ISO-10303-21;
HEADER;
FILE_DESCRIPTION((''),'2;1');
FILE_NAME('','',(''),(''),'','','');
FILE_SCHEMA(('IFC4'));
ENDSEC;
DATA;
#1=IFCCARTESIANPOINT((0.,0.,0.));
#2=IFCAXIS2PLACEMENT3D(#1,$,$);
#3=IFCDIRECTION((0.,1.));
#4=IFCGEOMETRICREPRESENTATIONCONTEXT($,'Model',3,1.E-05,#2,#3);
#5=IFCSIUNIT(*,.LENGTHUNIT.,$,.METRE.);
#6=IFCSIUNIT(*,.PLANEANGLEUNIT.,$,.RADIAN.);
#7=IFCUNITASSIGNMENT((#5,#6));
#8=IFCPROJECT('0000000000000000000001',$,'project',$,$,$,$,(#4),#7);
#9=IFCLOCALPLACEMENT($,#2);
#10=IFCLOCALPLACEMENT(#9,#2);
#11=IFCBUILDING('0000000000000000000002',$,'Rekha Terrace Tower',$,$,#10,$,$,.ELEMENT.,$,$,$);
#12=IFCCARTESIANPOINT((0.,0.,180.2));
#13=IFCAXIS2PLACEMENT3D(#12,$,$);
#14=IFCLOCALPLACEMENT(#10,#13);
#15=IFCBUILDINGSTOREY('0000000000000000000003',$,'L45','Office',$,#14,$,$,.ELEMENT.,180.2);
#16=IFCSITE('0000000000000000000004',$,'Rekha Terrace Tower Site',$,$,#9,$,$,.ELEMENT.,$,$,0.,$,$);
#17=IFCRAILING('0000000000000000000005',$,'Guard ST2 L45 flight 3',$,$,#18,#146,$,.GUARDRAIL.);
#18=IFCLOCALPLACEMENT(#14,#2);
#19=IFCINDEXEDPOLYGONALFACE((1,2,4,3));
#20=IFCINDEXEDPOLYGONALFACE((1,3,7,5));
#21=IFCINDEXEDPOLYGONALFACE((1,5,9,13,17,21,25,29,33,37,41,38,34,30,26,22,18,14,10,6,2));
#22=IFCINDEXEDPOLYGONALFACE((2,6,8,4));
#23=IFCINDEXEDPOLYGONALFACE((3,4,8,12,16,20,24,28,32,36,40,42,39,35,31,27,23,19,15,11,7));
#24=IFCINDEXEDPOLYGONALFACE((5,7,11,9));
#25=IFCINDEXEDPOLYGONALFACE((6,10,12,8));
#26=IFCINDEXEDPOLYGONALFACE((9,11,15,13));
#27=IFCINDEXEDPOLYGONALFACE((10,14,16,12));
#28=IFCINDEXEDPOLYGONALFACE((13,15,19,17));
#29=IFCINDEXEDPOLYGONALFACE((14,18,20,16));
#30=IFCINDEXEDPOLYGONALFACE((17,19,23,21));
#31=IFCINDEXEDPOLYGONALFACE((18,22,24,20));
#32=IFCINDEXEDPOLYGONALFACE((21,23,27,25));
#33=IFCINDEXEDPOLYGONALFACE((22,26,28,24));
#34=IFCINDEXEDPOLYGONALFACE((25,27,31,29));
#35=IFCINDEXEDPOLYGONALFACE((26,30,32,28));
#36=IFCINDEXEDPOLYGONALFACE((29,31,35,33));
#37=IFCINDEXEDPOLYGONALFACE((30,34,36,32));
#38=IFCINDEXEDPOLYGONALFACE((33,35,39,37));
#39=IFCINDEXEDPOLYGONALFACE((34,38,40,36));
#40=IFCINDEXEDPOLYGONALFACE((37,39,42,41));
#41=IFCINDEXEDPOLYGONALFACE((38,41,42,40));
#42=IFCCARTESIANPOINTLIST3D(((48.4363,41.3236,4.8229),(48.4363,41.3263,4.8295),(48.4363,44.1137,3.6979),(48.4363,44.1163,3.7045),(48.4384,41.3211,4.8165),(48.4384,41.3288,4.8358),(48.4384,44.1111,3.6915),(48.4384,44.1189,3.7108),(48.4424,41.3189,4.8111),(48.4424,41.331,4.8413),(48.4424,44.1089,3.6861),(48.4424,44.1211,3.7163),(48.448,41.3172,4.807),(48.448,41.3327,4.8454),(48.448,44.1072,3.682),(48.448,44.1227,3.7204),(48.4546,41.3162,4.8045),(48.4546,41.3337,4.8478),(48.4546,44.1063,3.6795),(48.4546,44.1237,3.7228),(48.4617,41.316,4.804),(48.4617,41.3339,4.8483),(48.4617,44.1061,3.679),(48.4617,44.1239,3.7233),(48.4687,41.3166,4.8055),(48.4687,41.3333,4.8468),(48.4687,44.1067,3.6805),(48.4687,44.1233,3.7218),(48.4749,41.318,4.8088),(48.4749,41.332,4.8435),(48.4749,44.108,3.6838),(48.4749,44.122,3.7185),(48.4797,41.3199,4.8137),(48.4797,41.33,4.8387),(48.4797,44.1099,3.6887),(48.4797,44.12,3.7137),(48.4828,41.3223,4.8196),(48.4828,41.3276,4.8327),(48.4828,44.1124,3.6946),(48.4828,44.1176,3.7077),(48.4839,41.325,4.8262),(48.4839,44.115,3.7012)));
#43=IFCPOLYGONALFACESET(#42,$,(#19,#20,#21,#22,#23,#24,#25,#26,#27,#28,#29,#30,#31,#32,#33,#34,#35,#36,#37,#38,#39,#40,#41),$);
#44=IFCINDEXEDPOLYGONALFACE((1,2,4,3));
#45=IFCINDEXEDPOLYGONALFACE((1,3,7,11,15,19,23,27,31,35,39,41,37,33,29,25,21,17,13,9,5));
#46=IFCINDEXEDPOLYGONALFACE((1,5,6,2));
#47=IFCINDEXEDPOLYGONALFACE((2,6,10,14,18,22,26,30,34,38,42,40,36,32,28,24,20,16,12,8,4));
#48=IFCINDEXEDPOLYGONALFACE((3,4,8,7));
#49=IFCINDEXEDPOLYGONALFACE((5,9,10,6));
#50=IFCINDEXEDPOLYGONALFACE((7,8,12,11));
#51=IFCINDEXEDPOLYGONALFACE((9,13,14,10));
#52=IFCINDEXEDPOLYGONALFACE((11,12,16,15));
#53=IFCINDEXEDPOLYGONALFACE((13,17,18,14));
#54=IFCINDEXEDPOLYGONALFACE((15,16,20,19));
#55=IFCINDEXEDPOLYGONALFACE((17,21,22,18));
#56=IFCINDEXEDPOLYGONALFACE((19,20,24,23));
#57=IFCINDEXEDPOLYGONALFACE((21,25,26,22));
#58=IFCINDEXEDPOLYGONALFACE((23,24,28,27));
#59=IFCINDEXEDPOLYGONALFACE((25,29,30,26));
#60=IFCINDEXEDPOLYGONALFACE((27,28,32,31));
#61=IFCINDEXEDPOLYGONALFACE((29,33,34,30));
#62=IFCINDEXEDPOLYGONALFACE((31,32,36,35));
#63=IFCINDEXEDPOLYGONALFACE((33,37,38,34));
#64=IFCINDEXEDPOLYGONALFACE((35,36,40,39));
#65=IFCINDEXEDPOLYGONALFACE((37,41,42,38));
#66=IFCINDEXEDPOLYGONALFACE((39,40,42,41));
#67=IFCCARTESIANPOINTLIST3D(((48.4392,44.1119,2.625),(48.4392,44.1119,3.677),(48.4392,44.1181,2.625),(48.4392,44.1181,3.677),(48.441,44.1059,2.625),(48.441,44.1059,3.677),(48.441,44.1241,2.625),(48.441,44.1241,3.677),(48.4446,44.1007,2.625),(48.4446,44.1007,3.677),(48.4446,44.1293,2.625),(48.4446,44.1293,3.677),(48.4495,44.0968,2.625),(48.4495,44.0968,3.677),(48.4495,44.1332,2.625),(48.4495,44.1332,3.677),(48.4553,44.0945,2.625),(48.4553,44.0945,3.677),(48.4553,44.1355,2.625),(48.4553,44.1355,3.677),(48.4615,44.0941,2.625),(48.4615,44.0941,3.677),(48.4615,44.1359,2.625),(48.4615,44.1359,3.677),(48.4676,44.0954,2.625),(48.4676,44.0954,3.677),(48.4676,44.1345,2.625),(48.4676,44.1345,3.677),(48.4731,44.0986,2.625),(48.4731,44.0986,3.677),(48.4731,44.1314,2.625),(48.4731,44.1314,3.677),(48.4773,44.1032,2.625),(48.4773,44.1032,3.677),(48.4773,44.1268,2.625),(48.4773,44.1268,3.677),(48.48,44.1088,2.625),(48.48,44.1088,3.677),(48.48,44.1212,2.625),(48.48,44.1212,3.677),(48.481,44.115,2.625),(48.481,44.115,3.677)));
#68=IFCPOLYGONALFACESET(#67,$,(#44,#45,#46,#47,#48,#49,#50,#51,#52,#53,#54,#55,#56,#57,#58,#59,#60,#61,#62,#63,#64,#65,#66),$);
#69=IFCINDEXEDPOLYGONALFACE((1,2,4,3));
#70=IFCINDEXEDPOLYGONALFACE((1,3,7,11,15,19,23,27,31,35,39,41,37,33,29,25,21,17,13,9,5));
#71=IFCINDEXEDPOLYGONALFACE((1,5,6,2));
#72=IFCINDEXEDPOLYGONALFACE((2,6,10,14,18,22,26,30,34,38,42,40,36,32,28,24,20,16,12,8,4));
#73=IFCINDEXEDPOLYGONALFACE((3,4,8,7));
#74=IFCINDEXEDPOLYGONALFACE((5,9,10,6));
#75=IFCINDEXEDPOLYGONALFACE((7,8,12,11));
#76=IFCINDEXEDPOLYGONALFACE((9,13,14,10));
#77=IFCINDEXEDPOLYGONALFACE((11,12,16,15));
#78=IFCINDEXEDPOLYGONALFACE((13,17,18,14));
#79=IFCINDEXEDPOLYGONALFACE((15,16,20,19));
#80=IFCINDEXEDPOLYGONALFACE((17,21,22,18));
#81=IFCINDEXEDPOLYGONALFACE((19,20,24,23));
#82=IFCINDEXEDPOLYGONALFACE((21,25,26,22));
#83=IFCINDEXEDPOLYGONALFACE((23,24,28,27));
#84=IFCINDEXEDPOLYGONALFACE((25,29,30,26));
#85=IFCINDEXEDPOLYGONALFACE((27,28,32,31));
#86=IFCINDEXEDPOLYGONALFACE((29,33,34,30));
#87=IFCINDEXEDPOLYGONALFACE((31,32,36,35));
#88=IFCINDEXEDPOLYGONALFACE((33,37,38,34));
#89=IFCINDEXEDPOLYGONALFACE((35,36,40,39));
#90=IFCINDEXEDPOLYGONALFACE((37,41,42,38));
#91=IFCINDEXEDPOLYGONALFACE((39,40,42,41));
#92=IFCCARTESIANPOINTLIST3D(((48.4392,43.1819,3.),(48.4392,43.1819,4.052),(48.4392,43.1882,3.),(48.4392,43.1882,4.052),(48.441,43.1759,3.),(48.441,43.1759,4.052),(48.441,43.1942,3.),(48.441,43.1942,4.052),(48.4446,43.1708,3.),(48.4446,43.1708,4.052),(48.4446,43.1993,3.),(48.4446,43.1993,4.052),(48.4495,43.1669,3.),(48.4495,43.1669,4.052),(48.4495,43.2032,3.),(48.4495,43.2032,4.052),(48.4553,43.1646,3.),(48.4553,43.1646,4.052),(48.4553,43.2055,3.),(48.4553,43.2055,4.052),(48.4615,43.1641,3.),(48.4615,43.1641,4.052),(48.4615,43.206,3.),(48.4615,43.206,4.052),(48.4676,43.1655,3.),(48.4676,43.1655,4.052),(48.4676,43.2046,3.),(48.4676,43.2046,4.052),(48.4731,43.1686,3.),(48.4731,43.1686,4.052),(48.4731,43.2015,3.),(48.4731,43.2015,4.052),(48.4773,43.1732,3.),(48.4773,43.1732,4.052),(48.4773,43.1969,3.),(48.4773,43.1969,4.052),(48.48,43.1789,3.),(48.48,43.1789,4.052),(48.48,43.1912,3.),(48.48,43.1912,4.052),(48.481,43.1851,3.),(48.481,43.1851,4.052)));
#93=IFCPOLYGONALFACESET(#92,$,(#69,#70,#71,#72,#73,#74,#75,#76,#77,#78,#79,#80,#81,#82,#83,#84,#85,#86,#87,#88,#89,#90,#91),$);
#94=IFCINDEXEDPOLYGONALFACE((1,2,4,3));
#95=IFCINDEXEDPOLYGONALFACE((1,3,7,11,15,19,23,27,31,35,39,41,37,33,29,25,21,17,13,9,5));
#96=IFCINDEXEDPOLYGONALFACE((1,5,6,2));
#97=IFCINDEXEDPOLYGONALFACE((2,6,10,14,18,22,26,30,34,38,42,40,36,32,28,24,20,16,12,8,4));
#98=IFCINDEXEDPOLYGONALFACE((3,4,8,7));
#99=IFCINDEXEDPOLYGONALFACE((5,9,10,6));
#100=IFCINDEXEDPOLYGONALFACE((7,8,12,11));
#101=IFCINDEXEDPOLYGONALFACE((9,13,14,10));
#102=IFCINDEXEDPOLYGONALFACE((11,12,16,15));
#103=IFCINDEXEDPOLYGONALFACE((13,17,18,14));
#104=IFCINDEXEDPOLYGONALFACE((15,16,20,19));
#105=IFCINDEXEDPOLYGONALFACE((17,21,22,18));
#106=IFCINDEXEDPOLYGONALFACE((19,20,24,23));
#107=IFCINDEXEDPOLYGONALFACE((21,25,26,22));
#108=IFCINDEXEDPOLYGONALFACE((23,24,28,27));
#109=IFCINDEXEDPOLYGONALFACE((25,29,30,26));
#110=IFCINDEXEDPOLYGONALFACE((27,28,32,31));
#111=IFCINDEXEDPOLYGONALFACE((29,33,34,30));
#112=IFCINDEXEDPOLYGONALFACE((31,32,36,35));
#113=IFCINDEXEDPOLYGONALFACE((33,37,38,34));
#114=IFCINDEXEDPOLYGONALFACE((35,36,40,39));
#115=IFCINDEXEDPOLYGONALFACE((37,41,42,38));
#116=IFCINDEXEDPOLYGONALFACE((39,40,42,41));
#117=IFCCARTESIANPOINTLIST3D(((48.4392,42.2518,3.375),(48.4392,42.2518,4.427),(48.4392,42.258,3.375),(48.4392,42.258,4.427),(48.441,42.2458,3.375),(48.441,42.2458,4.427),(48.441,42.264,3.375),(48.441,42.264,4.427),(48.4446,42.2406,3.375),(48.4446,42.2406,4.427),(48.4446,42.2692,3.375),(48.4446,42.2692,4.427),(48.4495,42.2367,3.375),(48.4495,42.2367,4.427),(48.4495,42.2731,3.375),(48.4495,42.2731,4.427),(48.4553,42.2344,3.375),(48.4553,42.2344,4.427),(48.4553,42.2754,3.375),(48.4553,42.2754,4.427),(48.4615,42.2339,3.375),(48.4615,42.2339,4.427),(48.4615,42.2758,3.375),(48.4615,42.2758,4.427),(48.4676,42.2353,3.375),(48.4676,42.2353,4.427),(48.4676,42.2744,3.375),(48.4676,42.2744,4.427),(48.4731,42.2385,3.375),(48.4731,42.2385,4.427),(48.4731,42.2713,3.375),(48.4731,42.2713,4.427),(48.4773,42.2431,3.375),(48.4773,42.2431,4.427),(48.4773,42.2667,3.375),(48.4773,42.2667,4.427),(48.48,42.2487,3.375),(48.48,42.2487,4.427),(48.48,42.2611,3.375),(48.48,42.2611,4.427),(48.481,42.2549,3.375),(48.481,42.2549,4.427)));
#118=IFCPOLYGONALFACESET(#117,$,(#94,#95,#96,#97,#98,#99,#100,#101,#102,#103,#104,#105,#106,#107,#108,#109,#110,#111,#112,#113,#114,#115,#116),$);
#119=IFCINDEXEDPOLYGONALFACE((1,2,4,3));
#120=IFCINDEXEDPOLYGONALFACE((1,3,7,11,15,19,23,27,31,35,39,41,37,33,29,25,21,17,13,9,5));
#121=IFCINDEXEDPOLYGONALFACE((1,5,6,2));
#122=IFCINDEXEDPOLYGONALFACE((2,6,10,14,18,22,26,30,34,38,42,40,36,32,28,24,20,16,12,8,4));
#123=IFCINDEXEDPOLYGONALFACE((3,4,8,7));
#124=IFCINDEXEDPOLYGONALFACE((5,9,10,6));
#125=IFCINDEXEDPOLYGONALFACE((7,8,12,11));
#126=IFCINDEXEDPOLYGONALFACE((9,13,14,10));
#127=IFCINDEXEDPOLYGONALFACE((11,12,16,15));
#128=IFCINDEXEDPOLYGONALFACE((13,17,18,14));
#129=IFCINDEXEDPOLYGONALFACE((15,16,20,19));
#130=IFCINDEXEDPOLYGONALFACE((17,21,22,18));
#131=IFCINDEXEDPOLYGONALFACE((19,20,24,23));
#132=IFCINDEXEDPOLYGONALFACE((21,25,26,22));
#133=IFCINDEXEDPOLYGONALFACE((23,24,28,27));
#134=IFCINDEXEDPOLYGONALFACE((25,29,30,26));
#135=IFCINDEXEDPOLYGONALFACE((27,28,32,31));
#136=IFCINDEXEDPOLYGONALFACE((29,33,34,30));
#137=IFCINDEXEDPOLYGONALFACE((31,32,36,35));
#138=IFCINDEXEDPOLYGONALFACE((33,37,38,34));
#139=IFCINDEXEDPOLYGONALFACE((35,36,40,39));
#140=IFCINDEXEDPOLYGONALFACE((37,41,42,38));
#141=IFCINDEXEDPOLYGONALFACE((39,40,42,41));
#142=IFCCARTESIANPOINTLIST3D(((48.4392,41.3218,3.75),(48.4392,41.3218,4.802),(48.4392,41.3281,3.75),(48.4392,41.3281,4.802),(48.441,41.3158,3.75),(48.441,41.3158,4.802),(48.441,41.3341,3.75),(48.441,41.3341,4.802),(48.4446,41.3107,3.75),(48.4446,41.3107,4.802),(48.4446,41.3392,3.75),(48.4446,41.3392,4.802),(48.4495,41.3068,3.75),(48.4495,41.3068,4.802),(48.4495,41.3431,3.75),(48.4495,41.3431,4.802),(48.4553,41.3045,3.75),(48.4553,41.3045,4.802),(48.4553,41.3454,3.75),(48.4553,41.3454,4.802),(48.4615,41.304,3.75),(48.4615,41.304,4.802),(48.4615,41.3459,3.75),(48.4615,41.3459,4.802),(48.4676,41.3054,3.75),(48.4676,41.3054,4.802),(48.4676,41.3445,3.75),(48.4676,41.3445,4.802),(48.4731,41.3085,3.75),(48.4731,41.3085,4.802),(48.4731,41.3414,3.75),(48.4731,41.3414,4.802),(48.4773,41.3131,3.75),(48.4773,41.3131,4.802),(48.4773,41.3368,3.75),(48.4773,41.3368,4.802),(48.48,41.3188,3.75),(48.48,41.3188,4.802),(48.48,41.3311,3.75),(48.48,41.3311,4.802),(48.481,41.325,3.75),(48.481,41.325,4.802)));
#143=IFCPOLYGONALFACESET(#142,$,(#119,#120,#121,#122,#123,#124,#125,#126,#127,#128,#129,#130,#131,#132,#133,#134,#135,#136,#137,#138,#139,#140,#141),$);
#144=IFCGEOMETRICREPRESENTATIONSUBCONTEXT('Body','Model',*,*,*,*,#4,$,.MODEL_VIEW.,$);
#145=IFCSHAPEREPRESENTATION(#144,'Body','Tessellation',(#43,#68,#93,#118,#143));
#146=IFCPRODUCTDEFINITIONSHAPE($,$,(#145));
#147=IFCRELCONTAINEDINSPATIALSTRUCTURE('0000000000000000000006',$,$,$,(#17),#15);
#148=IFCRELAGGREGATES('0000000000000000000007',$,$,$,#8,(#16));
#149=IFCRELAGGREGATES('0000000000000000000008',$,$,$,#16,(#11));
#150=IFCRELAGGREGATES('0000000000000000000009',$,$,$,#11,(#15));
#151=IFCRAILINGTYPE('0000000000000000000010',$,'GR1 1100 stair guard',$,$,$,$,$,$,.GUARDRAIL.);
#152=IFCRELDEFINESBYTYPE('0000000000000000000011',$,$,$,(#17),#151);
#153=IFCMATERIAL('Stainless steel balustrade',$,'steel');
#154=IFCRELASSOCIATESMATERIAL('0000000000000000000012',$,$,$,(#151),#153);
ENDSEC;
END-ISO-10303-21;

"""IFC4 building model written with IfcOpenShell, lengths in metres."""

from ifc_helpers import new_model, si_unit, direction, frame, origin, origin_2d, place, context, subcontext, project, spatial, circle, extrude, material, type_object, element, save


model = new_model("IFC4")

# Units and contexts
model_context = context("Model", 3, precision=1e-05, world=origin(), true_north=direction((0.0, 1.0)))
body_context = subcontext(model_context, "Body", "Model", "MODEL_VIEW")
ifc_project = project(units=[si_unit("LENGTHUNIT", "METRE"), si_unit("PLANEANGLEUNIT", "RADIAN")], contexts=[model_context])

# Site, building, storey
site_placement = place(None, origin())
site = spatial("IfcSite", under=ifc_project, at=site_placement, Name="Rekha Terrace Tower Site", CompositionType="ELEMENT", RefElevation=0.0)
building_placement = place(site_placement, origin())
building = spatial("IfcBuilding", under=site, at=building_placement, Name="Rekha Terrace Tower", CompositionType="ELEMENT")
storey_placement = place(building_placement, frame((0.0, 0.0, 180.2)))
storey = spatial("IfcBuildingStorey", under=building, at=storey_placement, Name="L45", Description="Office", CompositionType="ELEMENT", Elevation=180.2)

# Railing
ifc_material_1 = material(Name="Stainless steel balustrade", Category="steel")
railing_type_1 = type_object("IfcRailingType", Name="GR1 1100 stair guard", PredefinedType="GUARDRAIL", material=ifc_material_1)
railing_1_placement = place(storey_placement, frame((48.46, 44.115, 2.625)))
element("IfcRailing", 1, at=railing_1_placement, inside=storey, type_object=railing_type_1, Name="Guard ST2 L45 flight 3", PredefinedType="GUARDRAIL", context=body_context, shape_type="SweptSolid", body=[
    extrude(circle(Radius=0.0239, at=origin_2d()), frame((0.0, 0.0, 1.0762), z_axis=(0.0, -0.927443, 0.373964), x_axis=(1.0, 0.0, 0.0)), (0.0, 0.0, 1.0), 3.0083),
    extrude(circle(Radius=0.021, at=origin_2d()), origin(), (0.0, 0.0, 1.0), 1.052),
    extrude(circle(Radius=0.021, at=origin_2d()), frame((0.0, -0.9299, 0.375)), (0.0, 0.0, 1.0), 1.052),
    extrude(circle(Radius=0.021, at=origin_2d()), frame((0.0, -1.8601, 0.75)), (0.0, 0.0, 1.0), 1.052),
    extrude(circle(Radius=0.021, at=origin_2d()), frame((0.0, -2.79, 1.125)), (0.0, 0.0, 1.0), 1.052),
])

save(model, "model.ifc")
